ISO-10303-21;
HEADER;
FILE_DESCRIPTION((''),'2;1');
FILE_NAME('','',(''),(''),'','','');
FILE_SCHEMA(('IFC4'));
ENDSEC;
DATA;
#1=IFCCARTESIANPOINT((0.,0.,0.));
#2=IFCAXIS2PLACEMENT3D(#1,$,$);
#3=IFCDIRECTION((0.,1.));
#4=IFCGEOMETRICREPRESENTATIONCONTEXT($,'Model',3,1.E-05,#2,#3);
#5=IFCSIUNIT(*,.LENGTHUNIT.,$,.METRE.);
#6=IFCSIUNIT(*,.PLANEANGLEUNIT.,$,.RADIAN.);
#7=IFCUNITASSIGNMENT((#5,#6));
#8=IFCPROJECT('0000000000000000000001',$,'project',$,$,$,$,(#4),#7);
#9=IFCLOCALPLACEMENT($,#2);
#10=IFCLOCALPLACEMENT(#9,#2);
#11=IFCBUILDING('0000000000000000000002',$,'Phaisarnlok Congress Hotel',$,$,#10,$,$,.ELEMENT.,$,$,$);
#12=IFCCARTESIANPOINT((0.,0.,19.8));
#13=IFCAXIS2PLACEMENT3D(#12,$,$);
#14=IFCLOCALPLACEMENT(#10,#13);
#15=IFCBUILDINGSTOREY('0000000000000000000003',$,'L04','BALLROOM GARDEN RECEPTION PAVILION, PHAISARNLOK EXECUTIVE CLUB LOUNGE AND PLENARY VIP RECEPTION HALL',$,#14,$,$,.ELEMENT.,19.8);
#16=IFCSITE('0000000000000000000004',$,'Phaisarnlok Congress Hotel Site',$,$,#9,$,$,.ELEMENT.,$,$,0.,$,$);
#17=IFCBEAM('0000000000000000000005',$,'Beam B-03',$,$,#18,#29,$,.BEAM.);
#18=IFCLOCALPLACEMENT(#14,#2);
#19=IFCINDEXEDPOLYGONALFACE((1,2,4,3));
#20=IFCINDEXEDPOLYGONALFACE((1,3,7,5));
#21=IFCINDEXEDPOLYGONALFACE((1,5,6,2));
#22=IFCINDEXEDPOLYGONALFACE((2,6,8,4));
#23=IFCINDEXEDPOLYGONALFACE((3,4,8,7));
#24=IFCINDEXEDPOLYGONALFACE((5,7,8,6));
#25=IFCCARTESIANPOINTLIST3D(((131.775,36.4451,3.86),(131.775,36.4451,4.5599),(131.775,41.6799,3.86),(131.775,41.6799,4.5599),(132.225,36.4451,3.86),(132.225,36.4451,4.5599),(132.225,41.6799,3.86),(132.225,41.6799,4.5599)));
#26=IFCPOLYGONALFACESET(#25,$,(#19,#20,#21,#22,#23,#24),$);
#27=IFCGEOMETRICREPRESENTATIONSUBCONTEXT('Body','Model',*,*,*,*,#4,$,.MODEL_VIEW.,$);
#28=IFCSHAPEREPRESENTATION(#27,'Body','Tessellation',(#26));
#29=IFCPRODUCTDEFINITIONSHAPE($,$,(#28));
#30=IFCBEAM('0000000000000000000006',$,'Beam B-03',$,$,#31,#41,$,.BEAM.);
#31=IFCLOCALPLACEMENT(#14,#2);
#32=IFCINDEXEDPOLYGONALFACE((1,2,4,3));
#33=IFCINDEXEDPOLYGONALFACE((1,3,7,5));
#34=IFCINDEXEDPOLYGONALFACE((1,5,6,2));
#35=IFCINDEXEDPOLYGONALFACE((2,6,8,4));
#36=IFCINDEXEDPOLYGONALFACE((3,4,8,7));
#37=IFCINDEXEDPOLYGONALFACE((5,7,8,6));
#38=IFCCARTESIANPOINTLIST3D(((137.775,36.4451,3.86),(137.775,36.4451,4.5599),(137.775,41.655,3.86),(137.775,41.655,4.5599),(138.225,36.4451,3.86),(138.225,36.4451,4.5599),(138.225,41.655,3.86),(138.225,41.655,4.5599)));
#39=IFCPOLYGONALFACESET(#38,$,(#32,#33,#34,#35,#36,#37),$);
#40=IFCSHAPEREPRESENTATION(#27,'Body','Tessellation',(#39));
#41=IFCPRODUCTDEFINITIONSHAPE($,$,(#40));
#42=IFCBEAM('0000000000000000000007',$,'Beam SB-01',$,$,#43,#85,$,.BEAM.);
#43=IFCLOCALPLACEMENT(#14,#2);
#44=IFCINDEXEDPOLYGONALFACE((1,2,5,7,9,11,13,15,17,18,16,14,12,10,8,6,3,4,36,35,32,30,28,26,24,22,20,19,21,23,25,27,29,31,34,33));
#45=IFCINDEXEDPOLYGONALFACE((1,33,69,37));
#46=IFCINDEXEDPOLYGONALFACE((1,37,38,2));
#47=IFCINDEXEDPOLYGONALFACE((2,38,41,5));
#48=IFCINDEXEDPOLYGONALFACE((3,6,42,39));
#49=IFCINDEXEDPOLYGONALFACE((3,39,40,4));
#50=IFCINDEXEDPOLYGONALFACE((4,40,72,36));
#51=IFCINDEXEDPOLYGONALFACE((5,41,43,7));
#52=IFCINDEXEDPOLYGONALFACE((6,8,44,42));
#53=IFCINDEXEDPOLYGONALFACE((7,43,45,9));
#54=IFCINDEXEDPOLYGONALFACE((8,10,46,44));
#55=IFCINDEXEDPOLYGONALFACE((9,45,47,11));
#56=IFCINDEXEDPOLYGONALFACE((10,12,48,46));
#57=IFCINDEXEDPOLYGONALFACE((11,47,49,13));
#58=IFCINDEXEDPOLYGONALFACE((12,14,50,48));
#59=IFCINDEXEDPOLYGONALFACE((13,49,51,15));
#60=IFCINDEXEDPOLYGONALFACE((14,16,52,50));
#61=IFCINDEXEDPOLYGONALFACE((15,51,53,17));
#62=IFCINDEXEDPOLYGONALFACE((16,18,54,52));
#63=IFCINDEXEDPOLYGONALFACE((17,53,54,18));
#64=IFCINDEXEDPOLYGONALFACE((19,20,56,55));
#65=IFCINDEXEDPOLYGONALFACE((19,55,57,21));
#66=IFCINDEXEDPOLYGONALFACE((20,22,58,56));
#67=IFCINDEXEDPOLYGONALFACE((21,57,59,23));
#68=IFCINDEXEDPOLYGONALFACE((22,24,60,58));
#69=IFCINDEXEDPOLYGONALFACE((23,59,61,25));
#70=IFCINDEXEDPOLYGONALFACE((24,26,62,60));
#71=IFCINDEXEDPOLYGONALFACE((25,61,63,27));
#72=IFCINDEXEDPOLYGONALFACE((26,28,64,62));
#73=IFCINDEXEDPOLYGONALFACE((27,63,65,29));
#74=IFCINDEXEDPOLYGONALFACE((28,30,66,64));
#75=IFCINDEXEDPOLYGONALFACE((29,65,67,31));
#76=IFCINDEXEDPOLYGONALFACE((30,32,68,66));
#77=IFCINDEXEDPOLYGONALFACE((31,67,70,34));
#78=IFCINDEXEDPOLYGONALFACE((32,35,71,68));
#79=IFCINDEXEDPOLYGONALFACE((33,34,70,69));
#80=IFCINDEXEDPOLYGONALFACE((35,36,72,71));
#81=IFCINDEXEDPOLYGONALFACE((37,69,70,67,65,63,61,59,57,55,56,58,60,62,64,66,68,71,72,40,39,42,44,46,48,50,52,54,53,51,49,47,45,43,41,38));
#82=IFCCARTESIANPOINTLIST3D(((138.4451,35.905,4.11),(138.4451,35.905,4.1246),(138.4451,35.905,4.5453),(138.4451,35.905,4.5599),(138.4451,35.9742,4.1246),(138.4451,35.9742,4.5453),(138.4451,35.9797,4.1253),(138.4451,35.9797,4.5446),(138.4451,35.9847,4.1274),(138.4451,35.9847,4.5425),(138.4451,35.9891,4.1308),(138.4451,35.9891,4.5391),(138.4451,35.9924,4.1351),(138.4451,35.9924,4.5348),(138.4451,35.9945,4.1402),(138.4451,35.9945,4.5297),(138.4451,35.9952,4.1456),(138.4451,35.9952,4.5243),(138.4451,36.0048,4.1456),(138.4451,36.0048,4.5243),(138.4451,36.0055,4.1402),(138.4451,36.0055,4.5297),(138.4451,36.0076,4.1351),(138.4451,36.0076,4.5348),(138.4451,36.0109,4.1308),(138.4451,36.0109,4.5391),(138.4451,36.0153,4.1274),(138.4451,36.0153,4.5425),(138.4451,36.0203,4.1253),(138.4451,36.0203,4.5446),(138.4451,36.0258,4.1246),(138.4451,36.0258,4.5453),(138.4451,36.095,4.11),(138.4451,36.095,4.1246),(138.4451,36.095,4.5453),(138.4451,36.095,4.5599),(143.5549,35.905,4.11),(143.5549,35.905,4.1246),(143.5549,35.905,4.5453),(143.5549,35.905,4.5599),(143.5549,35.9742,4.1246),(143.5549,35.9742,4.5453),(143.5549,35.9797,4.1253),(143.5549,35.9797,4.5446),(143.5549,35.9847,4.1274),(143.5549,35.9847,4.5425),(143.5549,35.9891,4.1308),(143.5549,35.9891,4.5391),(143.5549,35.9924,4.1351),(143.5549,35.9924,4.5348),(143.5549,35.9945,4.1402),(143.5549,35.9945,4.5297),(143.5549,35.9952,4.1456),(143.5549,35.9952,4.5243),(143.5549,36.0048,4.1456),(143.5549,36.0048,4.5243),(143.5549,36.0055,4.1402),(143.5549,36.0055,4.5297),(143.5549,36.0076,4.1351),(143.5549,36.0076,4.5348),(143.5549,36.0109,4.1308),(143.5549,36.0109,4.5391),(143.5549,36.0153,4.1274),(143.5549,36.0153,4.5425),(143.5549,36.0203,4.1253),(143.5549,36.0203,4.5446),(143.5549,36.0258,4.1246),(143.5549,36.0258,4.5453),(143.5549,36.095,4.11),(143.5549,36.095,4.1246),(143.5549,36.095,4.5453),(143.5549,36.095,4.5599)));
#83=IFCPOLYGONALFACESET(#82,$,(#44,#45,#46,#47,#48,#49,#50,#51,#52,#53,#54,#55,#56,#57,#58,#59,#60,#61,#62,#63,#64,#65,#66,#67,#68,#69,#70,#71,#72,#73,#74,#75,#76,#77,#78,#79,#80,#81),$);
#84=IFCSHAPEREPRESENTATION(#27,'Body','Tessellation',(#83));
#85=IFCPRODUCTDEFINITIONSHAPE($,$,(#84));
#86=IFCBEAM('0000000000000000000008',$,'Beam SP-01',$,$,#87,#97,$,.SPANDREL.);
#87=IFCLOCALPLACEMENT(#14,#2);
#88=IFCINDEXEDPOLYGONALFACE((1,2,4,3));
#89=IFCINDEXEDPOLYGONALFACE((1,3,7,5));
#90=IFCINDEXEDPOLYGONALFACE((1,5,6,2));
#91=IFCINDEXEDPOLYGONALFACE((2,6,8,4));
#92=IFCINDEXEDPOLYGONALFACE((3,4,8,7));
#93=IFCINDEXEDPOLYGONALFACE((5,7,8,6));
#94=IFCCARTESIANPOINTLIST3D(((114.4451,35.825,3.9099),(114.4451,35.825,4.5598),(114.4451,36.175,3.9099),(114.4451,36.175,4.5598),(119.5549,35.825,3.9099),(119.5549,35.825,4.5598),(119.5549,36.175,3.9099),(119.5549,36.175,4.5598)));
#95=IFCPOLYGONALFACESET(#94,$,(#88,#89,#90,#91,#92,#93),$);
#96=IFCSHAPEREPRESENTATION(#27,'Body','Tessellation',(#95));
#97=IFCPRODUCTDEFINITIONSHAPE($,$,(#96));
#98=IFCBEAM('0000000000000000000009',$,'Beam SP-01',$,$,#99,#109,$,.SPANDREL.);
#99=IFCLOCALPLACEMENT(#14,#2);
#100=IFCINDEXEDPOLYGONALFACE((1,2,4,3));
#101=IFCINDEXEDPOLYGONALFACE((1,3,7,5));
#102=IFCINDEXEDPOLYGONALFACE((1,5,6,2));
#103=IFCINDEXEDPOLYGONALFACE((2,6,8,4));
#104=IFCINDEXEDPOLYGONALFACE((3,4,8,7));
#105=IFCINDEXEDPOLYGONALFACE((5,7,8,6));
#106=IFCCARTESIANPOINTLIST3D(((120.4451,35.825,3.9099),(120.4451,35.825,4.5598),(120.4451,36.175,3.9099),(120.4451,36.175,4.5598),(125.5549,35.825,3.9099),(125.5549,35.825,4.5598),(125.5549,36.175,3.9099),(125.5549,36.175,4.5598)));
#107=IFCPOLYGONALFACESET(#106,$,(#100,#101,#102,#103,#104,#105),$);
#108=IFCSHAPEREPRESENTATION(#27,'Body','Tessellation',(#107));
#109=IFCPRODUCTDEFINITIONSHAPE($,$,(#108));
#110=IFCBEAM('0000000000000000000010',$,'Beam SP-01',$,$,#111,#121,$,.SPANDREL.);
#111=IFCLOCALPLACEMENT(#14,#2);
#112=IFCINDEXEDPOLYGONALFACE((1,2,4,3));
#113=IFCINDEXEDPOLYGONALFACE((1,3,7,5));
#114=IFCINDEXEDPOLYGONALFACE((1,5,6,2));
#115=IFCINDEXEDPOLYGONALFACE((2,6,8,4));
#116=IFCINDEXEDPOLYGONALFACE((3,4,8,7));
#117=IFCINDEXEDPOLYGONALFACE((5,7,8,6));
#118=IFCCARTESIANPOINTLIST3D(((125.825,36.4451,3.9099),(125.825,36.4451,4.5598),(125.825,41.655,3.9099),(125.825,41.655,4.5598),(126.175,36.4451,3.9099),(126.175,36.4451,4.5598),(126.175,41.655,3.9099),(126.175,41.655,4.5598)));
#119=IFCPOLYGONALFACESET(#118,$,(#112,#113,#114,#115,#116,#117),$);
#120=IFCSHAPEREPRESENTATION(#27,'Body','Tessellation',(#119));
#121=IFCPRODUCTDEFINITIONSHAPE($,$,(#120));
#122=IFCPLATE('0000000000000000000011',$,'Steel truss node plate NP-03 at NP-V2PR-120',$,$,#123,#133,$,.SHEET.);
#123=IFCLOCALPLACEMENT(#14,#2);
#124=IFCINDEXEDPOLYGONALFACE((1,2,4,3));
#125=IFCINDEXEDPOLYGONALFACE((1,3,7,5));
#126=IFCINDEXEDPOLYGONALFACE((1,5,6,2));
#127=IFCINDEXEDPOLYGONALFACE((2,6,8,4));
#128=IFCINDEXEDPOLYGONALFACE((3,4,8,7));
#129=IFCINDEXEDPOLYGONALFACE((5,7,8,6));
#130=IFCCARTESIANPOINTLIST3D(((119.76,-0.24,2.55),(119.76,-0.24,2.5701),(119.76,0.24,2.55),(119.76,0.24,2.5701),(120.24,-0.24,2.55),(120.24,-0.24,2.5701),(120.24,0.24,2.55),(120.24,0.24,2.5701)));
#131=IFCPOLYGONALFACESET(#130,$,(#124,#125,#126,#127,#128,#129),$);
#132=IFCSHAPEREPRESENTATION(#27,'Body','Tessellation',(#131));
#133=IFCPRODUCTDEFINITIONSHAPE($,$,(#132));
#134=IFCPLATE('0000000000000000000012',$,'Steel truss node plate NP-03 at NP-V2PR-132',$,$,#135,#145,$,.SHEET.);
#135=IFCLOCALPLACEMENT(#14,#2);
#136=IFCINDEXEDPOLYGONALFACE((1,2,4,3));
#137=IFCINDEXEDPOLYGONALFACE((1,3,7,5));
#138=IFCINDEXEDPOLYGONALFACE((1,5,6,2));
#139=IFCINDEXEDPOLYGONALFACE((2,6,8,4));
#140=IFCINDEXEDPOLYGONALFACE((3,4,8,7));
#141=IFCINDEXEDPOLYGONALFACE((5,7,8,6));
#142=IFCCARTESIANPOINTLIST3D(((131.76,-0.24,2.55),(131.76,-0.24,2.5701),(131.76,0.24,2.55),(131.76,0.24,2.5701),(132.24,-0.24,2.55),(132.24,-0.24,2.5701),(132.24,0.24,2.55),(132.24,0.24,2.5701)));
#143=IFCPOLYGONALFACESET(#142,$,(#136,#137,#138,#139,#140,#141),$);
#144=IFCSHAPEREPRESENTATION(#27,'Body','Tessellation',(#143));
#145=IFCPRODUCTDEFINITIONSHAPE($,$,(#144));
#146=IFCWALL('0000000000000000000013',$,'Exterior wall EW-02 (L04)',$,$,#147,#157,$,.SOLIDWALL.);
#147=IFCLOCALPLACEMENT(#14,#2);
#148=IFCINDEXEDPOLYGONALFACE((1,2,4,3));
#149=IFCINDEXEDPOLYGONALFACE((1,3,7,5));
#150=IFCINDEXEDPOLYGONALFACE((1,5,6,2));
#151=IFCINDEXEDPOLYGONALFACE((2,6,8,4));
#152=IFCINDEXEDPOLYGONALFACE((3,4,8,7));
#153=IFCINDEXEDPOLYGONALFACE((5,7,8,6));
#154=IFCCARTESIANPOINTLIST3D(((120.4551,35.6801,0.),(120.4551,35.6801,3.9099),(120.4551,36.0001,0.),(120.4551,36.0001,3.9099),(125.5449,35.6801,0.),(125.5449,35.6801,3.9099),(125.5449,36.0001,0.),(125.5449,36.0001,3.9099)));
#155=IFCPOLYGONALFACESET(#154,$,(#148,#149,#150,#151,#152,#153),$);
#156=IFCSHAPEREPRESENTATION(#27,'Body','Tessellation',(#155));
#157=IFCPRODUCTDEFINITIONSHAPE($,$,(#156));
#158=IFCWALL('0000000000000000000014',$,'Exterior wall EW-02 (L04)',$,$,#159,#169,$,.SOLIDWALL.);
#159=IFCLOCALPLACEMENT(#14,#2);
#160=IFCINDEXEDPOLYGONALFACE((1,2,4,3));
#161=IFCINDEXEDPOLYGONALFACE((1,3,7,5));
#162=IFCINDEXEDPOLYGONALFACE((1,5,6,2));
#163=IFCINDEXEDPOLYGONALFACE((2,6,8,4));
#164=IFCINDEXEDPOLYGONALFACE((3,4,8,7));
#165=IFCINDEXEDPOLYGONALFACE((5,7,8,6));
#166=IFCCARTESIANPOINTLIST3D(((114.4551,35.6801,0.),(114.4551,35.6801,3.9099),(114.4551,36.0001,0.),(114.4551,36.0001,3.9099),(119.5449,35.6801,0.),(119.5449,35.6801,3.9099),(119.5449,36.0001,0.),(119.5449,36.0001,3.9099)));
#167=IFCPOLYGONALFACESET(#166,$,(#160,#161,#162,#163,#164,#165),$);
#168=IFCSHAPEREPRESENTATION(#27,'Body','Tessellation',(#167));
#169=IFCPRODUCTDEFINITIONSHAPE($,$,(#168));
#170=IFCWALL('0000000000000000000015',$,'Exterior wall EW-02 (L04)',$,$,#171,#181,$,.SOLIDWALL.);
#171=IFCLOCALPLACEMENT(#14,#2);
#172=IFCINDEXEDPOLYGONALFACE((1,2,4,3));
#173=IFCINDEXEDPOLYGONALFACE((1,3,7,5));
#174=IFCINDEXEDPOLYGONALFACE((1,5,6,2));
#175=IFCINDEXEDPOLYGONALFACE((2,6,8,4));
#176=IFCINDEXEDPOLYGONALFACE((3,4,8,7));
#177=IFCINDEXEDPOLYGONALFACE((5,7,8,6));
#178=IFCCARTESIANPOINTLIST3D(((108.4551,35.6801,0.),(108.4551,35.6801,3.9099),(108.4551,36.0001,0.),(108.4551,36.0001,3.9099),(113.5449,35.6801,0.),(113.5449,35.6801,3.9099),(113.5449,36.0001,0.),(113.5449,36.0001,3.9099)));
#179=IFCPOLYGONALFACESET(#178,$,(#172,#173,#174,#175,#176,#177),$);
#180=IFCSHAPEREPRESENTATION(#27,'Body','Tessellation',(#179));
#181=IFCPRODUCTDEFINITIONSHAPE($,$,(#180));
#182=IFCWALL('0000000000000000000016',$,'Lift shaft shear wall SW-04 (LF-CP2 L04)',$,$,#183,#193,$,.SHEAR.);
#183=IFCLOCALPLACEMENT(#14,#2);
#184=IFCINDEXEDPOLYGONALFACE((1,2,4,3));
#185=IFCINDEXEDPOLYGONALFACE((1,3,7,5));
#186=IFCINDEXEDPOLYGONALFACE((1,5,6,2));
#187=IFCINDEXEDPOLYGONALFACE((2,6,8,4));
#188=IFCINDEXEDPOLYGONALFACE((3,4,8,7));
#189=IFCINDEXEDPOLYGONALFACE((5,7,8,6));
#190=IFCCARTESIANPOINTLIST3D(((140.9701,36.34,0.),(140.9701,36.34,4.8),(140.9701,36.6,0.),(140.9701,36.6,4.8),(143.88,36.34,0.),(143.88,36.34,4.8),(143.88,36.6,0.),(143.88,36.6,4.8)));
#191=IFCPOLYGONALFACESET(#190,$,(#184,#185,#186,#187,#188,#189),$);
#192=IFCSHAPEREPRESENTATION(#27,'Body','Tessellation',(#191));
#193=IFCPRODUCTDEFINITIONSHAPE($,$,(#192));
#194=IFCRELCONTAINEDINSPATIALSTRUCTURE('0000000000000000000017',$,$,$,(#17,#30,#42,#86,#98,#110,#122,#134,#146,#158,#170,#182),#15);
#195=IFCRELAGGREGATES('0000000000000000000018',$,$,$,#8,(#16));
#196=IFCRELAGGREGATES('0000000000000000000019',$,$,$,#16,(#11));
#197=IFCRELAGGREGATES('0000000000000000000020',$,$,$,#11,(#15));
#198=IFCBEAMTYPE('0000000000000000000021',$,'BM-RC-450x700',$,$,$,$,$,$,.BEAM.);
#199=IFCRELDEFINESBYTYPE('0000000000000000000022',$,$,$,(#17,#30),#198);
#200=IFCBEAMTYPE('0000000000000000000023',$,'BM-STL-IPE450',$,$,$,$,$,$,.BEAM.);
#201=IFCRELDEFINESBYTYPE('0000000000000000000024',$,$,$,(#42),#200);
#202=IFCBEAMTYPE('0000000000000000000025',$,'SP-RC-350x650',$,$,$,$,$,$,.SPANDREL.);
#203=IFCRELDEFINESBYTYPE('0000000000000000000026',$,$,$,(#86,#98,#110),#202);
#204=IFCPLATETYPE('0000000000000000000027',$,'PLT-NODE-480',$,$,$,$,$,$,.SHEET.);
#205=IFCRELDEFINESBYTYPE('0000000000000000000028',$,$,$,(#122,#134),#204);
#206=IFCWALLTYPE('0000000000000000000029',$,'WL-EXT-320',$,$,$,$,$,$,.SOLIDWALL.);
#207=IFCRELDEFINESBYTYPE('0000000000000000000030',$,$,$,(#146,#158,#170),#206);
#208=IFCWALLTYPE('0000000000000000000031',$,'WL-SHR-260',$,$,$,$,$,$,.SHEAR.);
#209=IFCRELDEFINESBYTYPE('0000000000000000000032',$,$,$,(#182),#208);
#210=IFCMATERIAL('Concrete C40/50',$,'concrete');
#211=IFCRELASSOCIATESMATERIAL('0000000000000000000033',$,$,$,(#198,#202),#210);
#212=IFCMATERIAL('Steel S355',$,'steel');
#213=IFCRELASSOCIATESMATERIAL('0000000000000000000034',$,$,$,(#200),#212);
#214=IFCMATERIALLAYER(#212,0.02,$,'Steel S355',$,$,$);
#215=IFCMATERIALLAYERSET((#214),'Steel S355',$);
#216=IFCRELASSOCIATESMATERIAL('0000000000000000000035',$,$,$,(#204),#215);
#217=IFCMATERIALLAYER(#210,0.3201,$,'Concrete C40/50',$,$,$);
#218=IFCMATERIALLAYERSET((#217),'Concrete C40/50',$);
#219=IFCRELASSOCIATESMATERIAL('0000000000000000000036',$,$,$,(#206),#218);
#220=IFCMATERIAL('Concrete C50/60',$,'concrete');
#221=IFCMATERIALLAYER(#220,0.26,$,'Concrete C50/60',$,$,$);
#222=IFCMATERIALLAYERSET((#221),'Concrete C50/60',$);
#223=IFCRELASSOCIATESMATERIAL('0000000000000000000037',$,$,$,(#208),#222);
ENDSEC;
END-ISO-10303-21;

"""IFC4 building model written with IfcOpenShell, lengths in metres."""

from ifc_helpers import new_model, si_unit, direction, frame, frame_2d, origin, origin_2d, place, context, subcontext, project, spatial, rectangle, i_section, extrude, material, layer, layer_set, material_profile, profile_set, type_object, element, save


model = new_model("IFC4")

# Units and contexts
model_context = context("Model", 3, precision=1e-05, world=origin(), true_north=direction((0.0, 1.0)))
body_context = subcontext(model_context, "Body", "Model", "MODEL_VIEW")
ifc_project = project(units=[si_unit("LENGTHUNIT", "METRE"), si_unit("PLANEANGLEUNIT", "RADIAN")], contexts=[model_context])

# Site, building, storey
site_placement = place(None, origin())
site = spatial("IfcSite", under=ifc_project, at=site_placement, Name="Phaisarnlok Congress Hotel Site", CompositionType="ELEMENT", RefElevation=0.0)
building_placement = place(site_placement, origin())
building = spatial("IfcBuilding", under=site, at=building_placement, Name="Phaisarnlok Congress Hotel", CompositionType="ELEMENT")
storey_placement = place(building_placement, frame((0.0, 0.0, 19.8)))
storey = spatial("IfcBuildingStorey", under=building, at=storey_placement, Name="L04", Description="BALLROOM GARDEN RECEPTION PAVILION, PHAISARNLOK EXECUTIVE CLUB LOUNGE AND PLENARY VIP RECEPTION HALL", CompositionType="ELEMENT", Elevation=19.8)

# Shared definitions
ifc_material_1 = material(Name="Concrete C50/60", Category="concrete")
ifc_material_2 = material(Name="Steel S355", Category="steel")

# Beams
ifc_material_3 = material(Name="Concrete C40/50", Category="concrete")
ifc_material_profile_1 = material_profile(ifc_material_3, rectangle(XDim=0.45, YDim=0.7, at=origin_2d()), Name="RC 450x700")
ifc_profile_set_1 = profile_set([ifc_material_profile_1], Name="Concrete C40/50")
beam_type_1 = type_object("IfcBeamType", Name="BM-RC-450x700", PredefinedType="BEAM", material=ifc_profile_set_1)
beam_1_placement = place(storey_placement, frame((132.0, 36.4451, 4.21), z_axis=(0.0, 1.0, 0.0), x_axis=(-1.0, 0.0, 0.0)))
element("IfcBeam", 1, at=beam_1_placement, inside=storey, type_object=beam_type_1, Name="Beam B-03", PredefinedType="BEAM", context=body_context, shape_type="SweptSolid", body=[
    extrude(rectangle(XDim=0.45, YDim=0.7, at=origin_2d()), origin(), (0.0, 0.0, 1.0), 5.2349),
])
beam_2_placement = place(storey_placement, frame((138.0, 36.4451, 4.21), z_axis=(0.0, 1.0, 0.0), x_axis=(-1.0, 0.0, 0.0)))
element("IfcBeam", 2, at=beam_2_placement, inside=storey, type_object=beam_type_1, Name="Beam B-03", PredefinedType="BEAM", context=body_context, shape_type="SweptSolid", body=[
    extrude(rectangle(XDim=0.45, YDim=0.7, at=origin_2d()), origin(), (0.0, 0.0, 1.0), 5.21),
])
ifc_material_profile_2 = material_profile(ifc_material_2, i_section(OverallWidth=0.1899, OverallDepth=0.45, WebThickness=0.0095, FlangeThickness=0.0146, FilletRadius=0.021, at=origin_2d()), Name="IPE 450")
ifc_profile_set_2 = profile_set([ifc_material_profile_2], Name="Steel S355")
beam_type_2 = type_object("IfcBeamType", Name="BM-STL-IPE450", PredefinedType="BEAM", material=ifc_profile_set_2)
beam_3_placement = place(storey_placement, frame((138.4451, 36.0, 4.335), z_axis=(1.0, 0.0, 0.0), x_axis=(0.0, 1.0, 0.0)))
element("IfcBeam", 3, at=beam_3_placement, inside=storey, type_object=beam_type_2, Name="Beam SB-01", PredefinedType="BEAM", context=body_context, shape_type="SweptSolid", body=[
    extrude(i_section(OverallWidth=0.1899, OverallDepth=0.45, WebThickness=0.0095, FlangeThickness=0.0146, FilletRadius=0.021, at=origin_2d()), origin(), (0.0, 0.0, 1.0), 5.1099),
])
ifc_material_profile_3 = material_profile(ifc_material_3, rectangle(XDim=0.3501, YDim=0.6499, at=origin_2d()), Name="RC 350x650")
ifc_profile_set_3 = profile_set([ifc_material_profile_3], Name="Concrete C40/50")
beam_type_3 = type_object("IfcBeamType", Name="SP-RC-350x650", PredefinedType="SPANDREL", material=ifc_profile_set_3)
for number, where, z_axis, x_axis, name in (
    (4, (114.4451, 36.0, 4.2349), (1.0, 0.0, 0.0), (0.0, 1.0, 0.0), "Beam SP-01"),
    (5, (120.4451, 36.0, 4.2349), (1.0, 0.0, 0.0), (0.0, 1.0, 0.0), "Beam SP-01"),
):
    element("IfcBeam", number, at=place(storey_placement, frame(where, z_axis=z_axis, x_axis=x_axis)), inside=storey, type_object=beam_type_3, Name=name, PredefinedType="SPANDREL", context=body_context, shape_type="SweptSolid", body=[
        extrude(rectangle(XDim=0.3501, YDim=0.6499, at=origin_2d()), origin(), (0.0, 0.0, 1.0), 5.1099),
    ])
beam_4_placement = place(storey_placement, frame((126.0, 36.4451, 4.2349), z_axis=(0.0, 1.0, 0.0), x_axis=(-1.0, 0.0, 0.0)))
element("IfcBeam", 6, at=beam_4_placement, inside=storey, type_object=beam_type_3, Name="Beam SP-01", PredefinedType="SPANDREL", context=body_context, shape_type="SweptSolid", body=[
    extrude(rectangle(XDim=0.3501, YDim=0.6499, at=origin_2d()), origin(), (0.0, 0.0, 1.0), 5.21),
])

# Plates
ifc_layer_1 = layer(ifc_material_2, 0.02, Name="Steel S355")
ifc_layer_set_1 = layer_set([ifc_layer_1], Name="Steel S355")
plate_type = type_object("IfcPlateType", Name="PLT-NODE-480", PredefinedType="SHEET", material=ifc_layer_set_1)
for number, where, z_axis, x_axis, name in (
    (7, (120.0, 0.0, 2.55), (0.0, 0.0, 1.0), (1.0, 0.0, 0.0), "Steel truss node plate NP-03 at NP-V2PR-120"),
    (8, (132.0, 0.0, 2.55), (0.0, 0.0, 1.0), (1.0, 0.0, 0.0), "Steel truss node plate NP-03 at NP-V2PR-132"),
):
    element("IfcPlate", number, at=place(storey_placement, frame(where, z_axis=z_axis, x_axis=x_axis)), inside=storey, type_object=plate_type, Name=name, PredefinedType="SHEET", context=body_context, shape_type="SweptSolid", body=[
        extrude(rectangle(XDim=0.48, YDim=0.48, at=origin_2d()), origin(), (0.0, 0.0, 1.0), 0.02),
    ])

# Walls
ifc_layer_2 = layer(ifc_material_3, 0.3201, Name="Concrete C40/50")
ifc_layer_set_2 = layer_set([ifc_layer_2], Name="Concrete C40/50")
wall_type_1 = type_object("IfcWallType", Name="WL-EXT-320", PredefinedType="SOLIDWALL", material=ifc_layer_set_2)
for number, where, z_axis, x_axis, name in (
    (9, (125.5449, 35.8401, 0.0), (0.0, 0.0, 1.0), (-1.0, 0.0, 0.0), "Exterior wall EW-02 (L04)"),
    (10, (119.5449, 35.8401, 0.0), (0.0, 0.0, 1.0), (-1.0, 0.0, 0.0), "Exterior wall EW-02 (L04)"),
    (11, (113.5449, 35.8401, 0.0), (0.0, 0.0, 1.0), (-1.0, 0.0, 0.0), "Exterior wall EW-02 (L04)"),
):
    element("IfcWall", number, at=place(storey_placement, frame(where, z_axis=z_axis, x_axis=x_axis)), inside=storey, type_object=wall_type_1, Name=name, PredefinedType="SOLIDWALL", context=body_context, shape_type="SweptSolid", body=[
        extrude(rectangle(XDim=5.0898, YDim=0.3201, at=frame_2d((2.5449, 0.0))), origin(), (0.0, 0.0, 1.0), 3.9099),
    ])
ifc_layer_3 = layer(ifc_material_1, 0.26, Name="Concrete C50/60")
ifc_layer_set_3 = layer_set([ifc_layer_3], Name="Concrete C50/60")
wall_type_2 = type_object("IfcWallType", Name="WL-SHR-260", PredefinedType="SHEAR", material=ifc_layer_set_3)
wall_1_placement = place(storey_placement, frame((140.97, 36.47, 0.0), z_axis=(0.0, 0.0, 1.0), x_axis=(1.0, 0.0, 0.0)))
element("IfcWall", 12, at=wall_1_placement, inside=storey, type_object=wall_type_2, Name="Lift shaft shear wall SW-04 (LF-CP2 L04)", PredefinedType="SHEAR", context=body_context, shape_type="SweptSolid", body=[
    extrude(rectangle(XDim=2.9099, YDim=0.26, at=frame_2d((1.4551, 0.0))), origin(), (0.0, 0.0, 1.0), 4.8),
])

save(model, "model.ifc")
